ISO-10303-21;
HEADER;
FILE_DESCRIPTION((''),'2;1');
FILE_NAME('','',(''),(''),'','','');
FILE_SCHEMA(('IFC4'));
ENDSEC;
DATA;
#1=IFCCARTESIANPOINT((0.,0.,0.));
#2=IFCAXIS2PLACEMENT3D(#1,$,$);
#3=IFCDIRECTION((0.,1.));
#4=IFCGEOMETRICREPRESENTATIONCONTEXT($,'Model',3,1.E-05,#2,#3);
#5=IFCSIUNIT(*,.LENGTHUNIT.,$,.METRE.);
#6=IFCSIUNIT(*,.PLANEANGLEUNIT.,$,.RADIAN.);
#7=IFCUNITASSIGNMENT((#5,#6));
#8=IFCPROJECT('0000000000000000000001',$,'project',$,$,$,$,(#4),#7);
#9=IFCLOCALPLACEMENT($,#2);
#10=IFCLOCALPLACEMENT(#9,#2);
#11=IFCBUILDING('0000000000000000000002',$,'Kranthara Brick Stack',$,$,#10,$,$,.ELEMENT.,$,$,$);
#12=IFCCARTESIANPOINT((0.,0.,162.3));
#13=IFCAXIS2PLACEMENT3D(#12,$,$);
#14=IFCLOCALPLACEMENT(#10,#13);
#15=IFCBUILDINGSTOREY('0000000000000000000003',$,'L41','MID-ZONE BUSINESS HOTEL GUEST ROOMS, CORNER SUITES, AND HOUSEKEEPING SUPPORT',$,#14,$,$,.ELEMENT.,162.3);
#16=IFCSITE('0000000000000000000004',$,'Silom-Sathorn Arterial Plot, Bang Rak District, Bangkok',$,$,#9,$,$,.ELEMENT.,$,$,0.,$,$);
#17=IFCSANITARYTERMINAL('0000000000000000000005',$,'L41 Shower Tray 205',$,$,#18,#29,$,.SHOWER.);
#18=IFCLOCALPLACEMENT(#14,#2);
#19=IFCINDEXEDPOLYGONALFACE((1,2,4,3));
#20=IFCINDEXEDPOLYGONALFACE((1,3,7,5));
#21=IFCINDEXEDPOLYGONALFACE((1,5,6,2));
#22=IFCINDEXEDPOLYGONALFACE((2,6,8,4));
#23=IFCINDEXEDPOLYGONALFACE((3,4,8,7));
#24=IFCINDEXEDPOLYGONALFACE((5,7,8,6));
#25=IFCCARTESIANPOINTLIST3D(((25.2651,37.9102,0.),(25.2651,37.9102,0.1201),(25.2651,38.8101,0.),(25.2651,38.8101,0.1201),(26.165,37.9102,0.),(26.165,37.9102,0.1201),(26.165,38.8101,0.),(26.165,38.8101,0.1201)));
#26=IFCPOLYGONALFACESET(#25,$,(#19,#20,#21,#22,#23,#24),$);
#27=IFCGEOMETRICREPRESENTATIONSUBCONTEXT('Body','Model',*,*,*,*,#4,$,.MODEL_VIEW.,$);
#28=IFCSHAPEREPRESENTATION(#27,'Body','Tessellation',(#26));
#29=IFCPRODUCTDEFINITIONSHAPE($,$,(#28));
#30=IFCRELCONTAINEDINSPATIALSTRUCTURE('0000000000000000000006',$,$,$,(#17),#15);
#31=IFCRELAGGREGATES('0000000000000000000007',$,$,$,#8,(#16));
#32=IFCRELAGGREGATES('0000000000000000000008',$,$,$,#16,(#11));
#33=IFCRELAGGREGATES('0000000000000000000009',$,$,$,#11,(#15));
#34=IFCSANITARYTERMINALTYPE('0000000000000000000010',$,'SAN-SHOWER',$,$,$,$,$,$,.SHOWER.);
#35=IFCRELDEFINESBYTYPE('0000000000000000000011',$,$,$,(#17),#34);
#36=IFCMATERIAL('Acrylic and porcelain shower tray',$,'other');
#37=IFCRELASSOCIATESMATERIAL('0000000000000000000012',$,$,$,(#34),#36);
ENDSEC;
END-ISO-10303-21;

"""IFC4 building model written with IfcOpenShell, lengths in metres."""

from ifc_helpers import new_model, si_unit, direction, frame, origin, origin_2d, place, context, subcontext, project, spatial, rectangle, extrude, material, type_object, element, save


model = new_model("IFC4")

# Units and contexts
model_context = context("Model", 3, precision=1e-05, world=origin(), true_north=direction((0.0, 1.0)))
body_context = subcontext(model_context, "Body", "Model", "MODEL_VIEW")
ifc_project = project(units=[si_unit("LENGTHUNIT", "METRE"), si_unit("PLANEANGLEUNIT", "RADIAN")], contexts=[model_context])

# Site, building, storey
site_placement = place(None, origin())
site = spatial("IfcSite", under=ifc_project, at=site_placement, Name="Silom-Sathorn Arterial Plot, Bang Rak District, Bangkok", CompositionType="ELEMENT", RefElevation=0.0)
building_placement = place(site_placement, origin())
building = spatial("IfcBuilding", under=site, at=building_placement, Name="Kranthara Brick Stack", CompositionType="ELEMENT")
storey_placement = place(building_placement, frame((0.0, 0.0, 162.3)))
storey = spatial("IfcBuildingStorey", under=building, at=storey_placement, Name="L41", Description="MID-ZONE BUSINESS HOTEL GUEST ROOMS, CORNER SUITES, AND HOUSEKEEPING SUPPORT", CompositionType="ELEMENT", Elevation=162.3)

# Sanitary terminal
ifc_material_1 = material(Name="Acrylic and porcelain shower tray", Category="other")
sanitary_terminal_type_1 = type_object("IfcSanitaryTerminalType", Name="SAN-SHOWER", PredefinedType="SHOWER", material=ifc_material_1)
sanitary_terminal_1_placement = place(storey_placement, frame((25.7151, 38.3601, 0.0), z_axis=(0.0, 0.0, 1.0), x_axis=(1.0, 0.0, 0.0)))
element("IfcSanitaryTerminal", 1, at=sanitary_terminal_1_placement, inside=storey, type_object=sanitary_terminal_type_1, Name="L41 Shower Tray 205", PredefinedType="SHOWER", context=body_context, shape_type="SweptSolid", body=[
    extrude(rectangle(XDim=0.8999, YDim=0.8999, at=origin_2d()), origin(), (0.0, 0.0, 1.0), 0.1201),
])

save(model, "model.ifc")
